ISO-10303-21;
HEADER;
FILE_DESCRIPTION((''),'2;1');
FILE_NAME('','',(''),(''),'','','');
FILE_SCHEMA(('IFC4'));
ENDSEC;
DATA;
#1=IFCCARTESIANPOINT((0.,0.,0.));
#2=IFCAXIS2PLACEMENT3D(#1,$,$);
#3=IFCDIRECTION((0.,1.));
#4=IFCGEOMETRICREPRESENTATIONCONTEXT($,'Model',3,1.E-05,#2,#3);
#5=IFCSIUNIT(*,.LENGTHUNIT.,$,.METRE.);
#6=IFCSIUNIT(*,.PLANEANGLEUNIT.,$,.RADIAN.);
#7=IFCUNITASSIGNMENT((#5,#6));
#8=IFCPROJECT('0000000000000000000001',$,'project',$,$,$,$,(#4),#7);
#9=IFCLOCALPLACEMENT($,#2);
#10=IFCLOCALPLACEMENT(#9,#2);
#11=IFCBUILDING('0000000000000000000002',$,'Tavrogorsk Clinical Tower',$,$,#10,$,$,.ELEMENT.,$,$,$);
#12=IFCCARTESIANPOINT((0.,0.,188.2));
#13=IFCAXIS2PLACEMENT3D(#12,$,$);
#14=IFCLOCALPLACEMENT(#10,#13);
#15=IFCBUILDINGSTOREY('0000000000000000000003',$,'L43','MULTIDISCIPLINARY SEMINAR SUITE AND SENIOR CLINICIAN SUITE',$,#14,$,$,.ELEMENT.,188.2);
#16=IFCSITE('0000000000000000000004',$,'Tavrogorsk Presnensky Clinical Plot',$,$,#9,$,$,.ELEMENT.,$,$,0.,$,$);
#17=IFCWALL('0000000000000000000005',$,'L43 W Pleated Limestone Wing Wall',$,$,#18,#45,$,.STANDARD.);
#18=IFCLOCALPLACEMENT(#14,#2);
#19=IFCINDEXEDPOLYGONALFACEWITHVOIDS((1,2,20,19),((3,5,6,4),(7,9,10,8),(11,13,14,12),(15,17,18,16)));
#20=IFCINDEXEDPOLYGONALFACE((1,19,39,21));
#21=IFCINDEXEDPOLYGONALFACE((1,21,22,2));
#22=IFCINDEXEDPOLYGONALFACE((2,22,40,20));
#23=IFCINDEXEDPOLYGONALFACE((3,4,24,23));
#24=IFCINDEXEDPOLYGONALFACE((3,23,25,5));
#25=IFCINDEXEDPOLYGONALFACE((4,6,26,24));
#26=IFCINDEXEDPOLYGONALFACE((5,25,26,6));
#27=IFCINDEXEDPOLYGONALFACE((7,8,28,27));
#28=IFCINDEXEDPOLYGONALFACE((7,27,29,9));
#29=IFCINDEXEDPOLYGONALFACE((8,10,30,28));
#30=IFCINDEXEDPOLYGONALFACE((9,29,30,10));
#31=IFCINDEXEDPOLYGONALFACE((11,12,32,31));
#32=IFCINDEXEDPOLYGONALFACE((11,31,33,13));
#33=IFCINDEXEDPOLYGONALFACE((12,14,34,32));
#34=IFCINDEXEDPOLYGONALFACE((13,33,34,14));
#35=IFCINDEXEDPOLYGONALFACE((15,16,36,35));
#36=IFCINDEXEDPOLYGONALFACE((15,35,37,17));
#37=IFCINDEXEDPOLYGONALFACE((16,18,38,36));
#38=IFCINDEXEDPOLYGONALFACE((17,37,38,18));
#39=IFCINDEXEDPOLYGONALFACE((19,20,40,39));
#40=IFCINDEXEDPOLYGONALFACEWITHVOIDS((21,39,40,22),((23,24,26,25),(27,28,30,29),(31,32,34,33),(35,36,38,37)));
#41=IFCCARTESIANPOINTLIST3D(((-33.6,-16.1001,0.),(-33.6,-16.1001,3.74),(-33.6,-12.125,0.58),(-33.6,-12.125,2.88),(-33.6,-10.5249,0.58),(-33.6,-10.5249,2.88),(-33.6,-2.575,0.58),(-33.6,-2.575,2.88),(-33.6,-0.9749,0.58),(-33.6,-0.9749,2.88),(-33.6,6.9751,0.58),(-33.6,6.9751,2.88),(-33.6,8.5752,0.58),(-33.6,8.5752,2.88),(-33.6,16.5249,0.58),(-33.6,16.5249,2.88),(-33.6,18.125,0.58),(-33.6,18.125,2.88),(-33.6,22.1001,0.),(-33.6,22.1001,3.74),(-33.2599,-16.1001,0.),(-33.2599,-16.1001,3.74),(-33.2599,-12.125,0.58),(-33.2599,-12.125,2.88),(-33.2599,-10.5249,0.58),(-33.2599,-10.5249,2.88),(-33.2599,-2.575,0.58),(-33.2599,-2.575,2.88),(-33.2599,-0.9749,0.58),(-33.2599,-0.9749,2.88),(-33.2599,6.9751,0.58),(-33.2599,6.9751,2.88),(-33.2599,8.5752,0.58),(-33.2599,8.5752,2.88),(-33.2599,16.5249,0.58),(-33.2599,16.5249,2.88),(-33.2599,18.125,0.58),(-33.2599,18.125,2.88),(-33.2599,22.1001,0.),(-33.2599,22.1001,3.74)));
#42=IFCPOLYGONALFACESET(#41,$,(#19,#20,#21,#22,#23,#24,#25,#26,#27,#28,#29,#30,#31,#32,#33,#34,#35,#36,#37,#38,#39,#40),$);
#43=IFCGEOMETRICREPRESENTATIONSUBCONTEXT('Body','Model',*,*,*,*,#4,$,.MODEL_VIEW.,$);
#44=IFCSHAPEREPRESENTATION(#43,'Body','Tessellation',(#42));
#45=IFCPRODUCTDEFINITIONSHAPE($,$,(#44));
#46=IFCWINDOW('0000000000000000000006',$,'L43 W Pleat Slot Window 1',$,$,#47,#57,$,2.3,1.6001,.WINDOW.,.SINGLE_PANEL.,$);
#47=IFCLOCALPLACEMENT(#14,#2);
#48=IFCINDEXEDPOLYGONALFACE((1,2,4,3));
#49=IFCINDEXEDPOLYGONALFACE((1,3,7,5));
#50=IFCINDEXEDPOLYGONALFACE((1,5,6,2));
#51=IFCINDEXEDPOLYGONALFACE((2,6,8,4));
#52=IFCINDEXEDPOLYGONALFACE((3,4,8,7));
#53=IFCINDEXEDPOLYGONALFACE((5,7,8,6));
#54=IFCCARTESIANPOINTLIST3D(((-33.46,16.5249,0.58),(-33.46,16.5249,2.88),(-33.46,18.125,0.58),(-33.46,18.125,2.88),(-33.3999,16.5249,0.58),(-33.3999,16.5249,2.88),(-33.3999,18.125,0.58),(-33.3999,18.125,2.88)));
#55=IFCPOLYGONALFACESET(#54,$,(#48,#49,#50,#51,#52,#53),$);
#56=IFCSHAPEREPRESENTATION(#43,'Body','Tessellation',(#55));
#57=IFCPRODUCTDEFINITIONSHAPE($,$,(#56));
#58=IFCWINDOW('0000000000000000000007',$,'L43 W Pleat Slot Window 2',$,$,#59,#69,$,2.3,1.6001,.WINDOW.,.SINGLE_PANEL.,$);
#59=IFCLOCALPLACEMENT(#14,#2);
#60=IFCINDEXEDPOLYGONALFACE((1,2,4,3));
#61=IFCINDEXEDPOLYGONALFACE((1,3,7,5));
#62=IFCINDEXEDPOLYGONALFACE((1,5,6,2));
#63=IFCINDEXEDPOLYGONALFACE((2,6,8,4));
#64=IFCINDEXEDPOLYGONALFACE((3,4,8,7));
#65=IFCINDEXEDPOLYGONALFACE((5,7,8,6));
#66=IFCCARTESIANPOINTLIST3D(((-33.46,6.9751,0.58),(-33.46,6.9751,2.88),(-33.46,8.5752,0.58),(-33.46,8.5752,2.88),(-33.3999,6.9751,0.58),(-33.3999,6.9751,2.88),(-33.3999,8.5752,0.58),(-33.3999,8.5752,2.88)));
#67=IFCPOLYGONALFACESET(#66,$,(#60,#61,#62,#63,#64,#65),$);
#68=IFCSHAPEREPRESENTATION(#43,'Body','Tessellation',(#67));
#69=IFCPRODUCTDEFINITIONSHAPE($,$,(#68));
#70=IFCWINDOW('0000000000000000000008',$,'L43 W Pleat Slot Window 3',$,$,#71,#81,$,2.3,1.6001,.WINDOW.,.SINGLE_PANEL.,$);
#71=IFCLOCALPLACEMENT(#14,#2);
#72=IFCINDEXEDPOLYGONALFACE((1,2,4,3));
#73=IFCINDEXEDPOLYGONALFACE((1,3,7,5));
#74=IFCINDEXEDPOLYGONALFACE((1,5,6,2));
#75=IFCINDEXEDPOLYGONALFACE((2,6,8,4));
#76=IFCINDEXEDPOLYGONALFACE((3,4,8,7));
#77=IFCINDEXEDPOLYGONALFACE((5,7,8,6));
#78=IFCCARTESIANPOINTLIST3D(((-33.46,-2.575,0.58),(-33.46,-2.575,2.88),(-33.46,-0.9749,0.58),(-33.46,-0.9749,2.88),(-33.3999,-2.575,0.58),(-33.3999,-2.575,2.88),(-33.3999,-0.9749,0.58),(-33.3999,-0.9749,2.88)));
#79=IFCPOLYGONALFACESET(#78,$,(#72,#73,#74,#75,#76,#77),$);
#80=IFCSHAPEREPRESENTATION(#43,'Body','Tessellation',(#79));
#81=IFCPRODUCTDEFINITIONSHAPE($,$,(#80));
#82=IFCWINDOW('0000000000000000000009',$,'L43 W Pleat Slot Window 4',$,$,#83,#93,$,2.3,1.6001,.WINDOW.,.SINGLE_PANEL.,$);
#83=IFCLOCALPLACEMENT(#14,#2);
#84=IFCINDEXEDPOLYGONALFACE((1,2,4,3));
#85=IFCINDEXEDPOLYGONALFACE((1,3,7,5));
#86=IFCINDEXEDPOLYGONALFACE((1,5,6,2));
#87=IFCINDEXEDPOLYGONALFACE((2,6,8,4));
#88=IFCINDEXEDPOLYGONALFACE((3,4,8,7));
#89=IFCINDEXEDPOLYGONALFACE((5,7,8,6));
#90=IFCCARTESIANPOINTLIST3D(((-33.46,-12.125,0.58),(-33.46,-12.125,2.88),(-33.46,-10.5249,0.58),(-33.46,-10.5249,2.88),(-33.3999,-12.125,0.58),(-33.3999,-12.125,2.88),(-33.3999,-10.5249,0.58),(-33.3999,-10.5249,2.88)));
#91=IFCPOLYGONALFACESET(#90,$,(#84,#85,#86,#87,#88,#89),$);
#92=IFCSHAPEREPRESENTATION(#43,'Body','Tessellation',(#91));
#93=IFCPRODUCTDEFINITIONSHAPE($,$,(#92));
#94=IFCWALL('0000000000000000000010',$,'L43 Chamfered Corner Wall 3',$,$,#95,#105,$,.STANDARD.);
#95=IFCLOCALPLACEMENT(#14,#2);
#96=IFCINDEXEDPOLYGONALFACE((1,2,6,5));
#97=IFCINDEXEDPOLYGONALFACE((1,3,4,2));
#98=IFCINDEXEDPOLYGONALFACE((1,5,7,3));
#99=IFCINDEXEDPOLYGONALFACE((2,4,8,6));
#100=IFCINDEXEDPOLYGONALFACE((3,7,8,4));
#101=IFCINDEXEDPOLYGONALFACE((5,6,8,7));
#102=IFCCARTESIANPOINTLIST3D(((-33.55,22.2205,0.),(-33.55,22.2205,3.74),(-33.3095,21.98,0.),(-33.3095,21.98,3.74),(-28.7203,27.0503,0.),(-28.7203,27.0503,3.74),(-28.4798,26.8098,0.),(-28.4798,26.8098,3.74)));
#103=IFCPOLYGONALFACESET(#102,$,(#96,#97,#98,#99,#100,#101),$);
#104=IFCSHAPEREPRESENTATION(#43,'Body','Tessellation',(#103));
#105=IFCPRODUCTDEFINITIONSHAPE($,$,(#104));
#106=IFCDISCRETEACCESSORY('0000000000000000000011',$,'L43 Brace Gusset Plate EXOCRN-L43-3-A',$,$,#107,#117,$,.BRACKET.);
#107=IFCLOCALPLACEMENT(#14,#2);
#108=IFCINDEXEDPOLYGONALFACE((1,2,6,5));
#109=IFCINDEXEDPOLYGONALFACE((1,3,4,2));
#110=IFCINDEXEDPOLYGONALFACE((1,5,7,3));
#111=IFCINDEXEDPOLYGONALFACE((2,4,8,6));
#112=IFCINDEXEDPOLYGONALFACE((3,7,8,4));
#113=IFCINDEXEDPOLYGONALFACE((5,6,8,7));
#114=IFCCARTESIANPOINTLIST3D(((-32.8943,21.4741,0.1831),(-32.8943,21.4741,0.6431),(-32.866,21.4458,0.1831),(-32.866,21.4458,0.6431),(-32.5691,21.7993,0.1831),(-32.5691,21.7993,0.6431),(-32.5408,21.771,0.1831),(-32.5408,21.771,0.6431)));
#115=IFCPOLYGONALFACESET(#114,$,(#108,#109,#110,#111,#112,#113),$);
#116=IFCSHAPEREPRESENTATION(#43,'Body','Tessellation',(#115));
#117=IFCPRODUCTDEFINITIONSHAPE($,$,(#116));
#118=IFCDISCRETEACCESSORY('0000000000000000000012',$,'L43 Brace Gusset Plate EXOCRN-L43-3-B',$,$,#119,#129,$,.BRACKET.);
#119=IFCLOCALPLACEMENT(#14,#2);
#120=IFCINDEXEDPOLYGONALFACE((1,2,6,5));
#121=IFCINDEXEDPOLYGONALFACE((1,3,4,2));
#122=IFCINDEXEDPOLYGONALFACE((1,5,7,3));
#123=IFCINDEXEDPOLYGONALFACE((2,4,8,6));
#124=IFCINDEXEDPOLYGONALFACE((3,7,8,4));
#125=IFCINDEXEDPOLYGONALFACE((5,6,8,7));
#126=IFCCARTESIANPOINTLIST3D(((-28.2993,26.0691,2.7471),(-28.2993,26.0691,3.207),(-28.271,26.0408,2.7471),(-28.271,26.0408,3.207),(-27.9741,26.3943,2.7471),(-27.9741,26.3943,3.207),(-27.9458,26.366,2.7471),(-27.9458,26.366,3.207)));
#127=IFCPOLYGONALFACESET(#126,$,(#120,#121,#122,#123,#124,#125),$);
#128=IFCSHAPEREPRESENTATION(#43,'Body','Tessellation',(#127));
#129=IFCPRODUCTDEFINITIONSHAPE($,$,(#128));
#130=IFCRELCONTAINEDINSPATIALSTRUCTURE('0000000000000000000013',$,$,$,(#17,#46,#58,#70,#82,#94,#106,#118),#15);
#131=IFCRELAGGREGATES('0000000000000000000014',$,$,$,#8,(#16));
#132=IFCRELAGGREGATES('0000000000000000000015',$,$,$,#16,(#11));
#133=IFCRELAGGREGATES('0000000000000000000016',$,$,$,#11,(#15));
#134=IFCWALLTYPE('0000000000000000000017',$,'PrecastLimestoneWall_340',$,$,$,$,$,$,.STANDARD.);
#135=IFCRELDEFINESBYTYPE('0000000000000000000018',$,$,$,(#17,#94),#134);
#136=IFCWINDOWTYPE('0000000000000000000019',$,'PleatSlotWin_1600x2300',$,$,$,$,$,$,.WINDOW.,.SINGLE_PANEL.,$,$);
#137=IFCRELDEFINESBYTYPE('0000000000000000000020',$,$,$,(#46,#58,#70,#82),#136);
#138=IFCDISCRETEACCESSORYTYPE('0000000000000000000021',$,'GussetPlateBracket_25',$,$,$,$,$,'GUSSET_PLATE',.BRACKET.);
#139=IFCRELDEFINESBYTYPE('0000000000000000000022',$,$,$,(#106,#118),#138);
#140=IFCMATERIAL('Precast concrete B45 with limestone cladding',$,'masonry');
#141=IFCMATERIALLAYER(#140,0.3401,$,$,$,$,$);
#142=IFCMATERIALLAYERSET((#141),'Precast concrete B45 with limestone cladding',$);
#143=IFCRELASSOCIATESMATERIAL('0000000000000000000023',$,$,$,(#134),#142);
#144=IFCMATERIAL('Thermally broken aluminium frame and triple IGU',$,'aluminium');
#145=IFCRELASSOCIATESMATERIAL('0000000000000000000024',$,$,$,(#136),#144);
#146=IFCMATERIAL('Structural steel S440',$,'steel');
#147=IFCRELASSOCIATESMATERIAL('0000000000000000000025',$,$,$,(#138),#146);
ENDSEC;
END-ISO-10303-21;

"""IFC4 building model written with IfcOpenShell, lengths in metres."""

from ifc_helpers import new_model, si_unit, direction, frame, frame_2d, origin, origin_2d, place, context, subcontext, project, spatial, rectangle, extrude, material, layer, layer_set, type_object, element, fill, save


model = new_model("IFC4")

# Units and contexts
model_context = context("Model", 3, precision=1e-05, world=origin(), true_north=direction((0.0, 1.0)))
body_context = subcontext(model_context, "Body", "Model", "MODEL_VIEW")
ifc_project = project(units=[si_unit("LENGTHUNIT", "METRE"), si_unit("PLANEANGLEUNIT", "RADIAN")], contexts=[model_context])

# Site, building, storey
site_placement = place(None, origin())
site = spatial("IfcSite", under=ifc_project, at=site_placement, Name="Tavrogorsk Presnensky Clinical Plot", CompositionType="ELEMENT", RefElevation=0.0)
building_placement = place(site_placement, origin())
building = spatial("IfcBuilding", under=site, at=building_placement, Name="Tavrogorsk Clinical Tower", CompositionType="ELEMENT")
storey_placement = place(building_placement, frame((0.0, 0.0, 188.2)))
storey = spatial("IfcBuildingStorey", under=building, at=storey_placement, Name="L43", Description="MULTIDISCIPLINARY SEMINAR SUITE AND SENIOR CLINICIAN SUITE", CompositionType="ELEMENT", Elevation=188.2)

# Wall, openings, windows
ifc_material_1 = material(Name="Precast concrete B45 with limestone cladding", Category="masonry")
ifc_layer_1 = layer(ifc_material_1, 0.3401)
ifc_layer_set_1 = layer_set([ifc_layer_1], Name="Precast concrete B45 with limestone cladding")
wall_type_1 = type_object("IfcWallType", Name="PrecastLimestoneWall_340", PredefinedType="STANDARD", material=ifc_layer_set_1)
wall_1_placement = place(storey_placement, frame((-33.4299, 22.1001, 0.0), z_axis=(0.0, 0.0, 1.0), x_axis=(0.0, -1.0, 0.0)))
wall_1 = element("IfcWall", 1, at=wall_1_placement, inside=storey, type_object=wall_type_1, Name="L43 W Pleated Limestone Wing Wall", PredefinedType="STANDARD", context=body_context, shape_type="SweptSolid", body=[
    extrude(rectangle(XDim=38.2002, YDim=0.3401, at=frame_2d((19.1001, 0.0))), origin(), (0.0, 0.0, 1.0), 3.74),
])
opening_1_placement = place(wall_1_placement, frame((3.9751, 0.0, 0.5801)))
opening_1 = element("IfcOpeningElement", 2, at=opening_1_placement, cuts=wall_1, PredefinedType="OPENING", context=body_context, shape_type="SweptSolid", body=[
    extrude(rectangle(XDim=1.6001, YDim=2.3, at=frame_2d((0.8, 1.1499))), frame((0.0, 0.1799, 0.0), z_axis=(0.0, -1.0, 0.0), x_axis=(1.0, 0.0, 0.0)), (0.0, 0.0, 1.0), 0.3601),
])
opening_2_placement = place(wall_1_placement, frame((13.5249, 0.0, 0.5801)))
opening_2 = element("IfcOpeningElement", 3, at=opening_2_placement, cuts=wall_1, PredefinedType="OPENING", context=body_context, shape_type="SweptSolid", body=[
    extrude(rectangle(XDim=1.6001, YDim=2.3, at=frame_2d((0.8, 1.1499))), frame((0.0, 0.1799, 0.0), z_axis=(0.0, -1.0, 0.0), x_axis=(1.0, 0.0, 0.0)), (0.0, 0.0, 1.0), 0.3601),
])
opening_3_placement = place(wall_1_placement, frame((23.075, 0.0, 0.5801)))
opening_3 = element("IfcOpeningElement", 4, at=opening_3_placement, cuts=wall_1, PredefinedType="OPENING", context=body_context, shape_type="SweptSolid", body=[
    extrude(rectangle(XDim=1.6001, YDim=2.3, at=frame_2d((0.8, 1.1499))), frame((0.0, 0.1799, 0.0), z_axis=(0.0, -1.0, 0.0), x_axis=(1.0, 0.0, 0.0)), (0.0, 0.0, 1.0), 0.3601),
])
opening_4_placement = place(wall_1_placement, frame((32.625, 0.0, 0.5801)))
opening_4 = element("IfcOpeningElement", 5, at=opening_4_placement, cuts=wall_1, PredefinedType="OPENING", context=body_context, shape_type="SweptSolid", body=[
    extrude(rectangle(XDim=1.6001, YDim=2.3, at=frame_2d((0.8, 1.1499))), frame((0.0, 0.1799, 0.0), z_axis=(0.0, -1.0, 0.0), x_axis=(1.0, 0.0, 0.0)), (0.0, 0.0, 1.0), 0.3601),
])
ifc_material_2 = material(Name="Thermally broken aluminium frame and triple IGU", Category="aluminium")
window_type = type_object("IfcWindowType", Name="PleatSlotWin_1600x2300", PartitioningType="SINGLE_PANEL", PredefinedType="WINDOW", material=ifc_material_2)
window_1_placement = place(opening_1_placement, origin())
window_1 = element("IfcWindow", 6, at=window_1_placement, inside=storey, type_object=window_type, Name="L43 W Pleat Slot Window 1", OverallHeight=2.3, OverallWidth=1.6001, PartitioningType="SINGLE_PANEL", PredefinedType="WINDOW", context=body_context, shape_type="SweptSolid", body=[
    extrude(rectangle(XDim=1.6001, YDim=2.3, at=frame_2d((0.8, 1.1499))), frame((0.0, 0.03, 0.0), z_axis=(0.0, -1.0, 0.0), x_axis=(1.0, 0.0, 0.0)), (0.0, 0.0, 1.0), 0.0601),
])
fill(opening_1, window_1)
window_2_placement = place(opening_2_placement, origin())
window_2 = element("IfcWindow", 7, at=window_2_placement, inside=storey, type_object=window_type, Name="L43 W Pleat Slot Window 2", OverallHeight=2.3, OverallWidth=1.6001, PartitioningType="SINGLE_PANEL", PredefinedType="WINDOW", context=body_context, shape_type="SweptSolid", body=[
    extrude(rectangle(XDim=1.6001, YDim=2.3, at=frame_2d((0.8, 1.1499))), frame((0.0, 0.03, 0.0), z_axis=(0.0, -1.0, 0.0), x_axis=(1.0, 0.0, 0.0)), (0.0, 0.0, 1.0), 0.0601),
])
fill(opening_2, window_2)
window_3_placement = place(opening_3_placement, origin())
window_3 = element("IfcWindow", 8, at=window_3_placement, inside=storey, type_object=window_type, Name="L43 W Pleat Slot Window 3", OverallHeight=2.3, OverallWidth=1.6001, PartitioningType="SINGLE_PANEL", PredefinedType="WINDOW", context=body_context, shape_type="SweptSolid", body=[
    extrude(rectangle(XDim=1.6001, YDim=2.3, at=frame_2d((0.8, 1.1499))), frame((0.0, 0.03, 0.0), z_axis=(0.0, -1.0, 0.0), x_axis=(1.0, 0.0, 0.0)), (0.0, 0.0, 1.0), 0.0601),
])
fill(opening_3, window_3)
window_4_placement = place(opening_4_placement, origin())
window_4 = element("IfcWindow", 9, at=window_4_placement, inside=storey, type_object=window_type, Name="L43 W Pleat Slot Window 4", OverallHeight=2.3, OverallWidth=1.6001, PartitioningType="SINGLE_PANEL", PredefinedType="WINDOW", context=body_context, shape_type="SweptSolid", body=[
    extrude(rectangle(XDim=1.6001, YDim=2.3, at=frame_2d((0.8, 1.1499))), frame((0.0, 0.03, 0.0), z_axis=(0.0, -1.0, 0.0), x_axis=(1.0, 0.0, 0.0)), (0.0, 0.0, 1.0), 0.0601),
])
fill(opening_4, window_4)

# Wall
wall_2_placement = place(storey_placement, frame((-28.6001, 26.9299, 0.0), z_axis=(0.0, 0.0, 1.0), x_axis=(-0.707107, -0.707107, 0.0)))
element("IfcWall", 10, at=wall_2_placement, inside=storey, type_object=wall_type_1, Name="L43 Chamfered Corner Wall 3", PredefinedType="STANDARD", context=body_context, shape_type="SweptSolid", body=[
    extrude(rectangle(XDim=6.8303, YDim=0.3401, at=frame_2d((3.415, 0.0))), origin(), (0.0, 0.0, 1.0), 3.74),
])

# Discrete accessories
ifc_material_3 = material(Name="Structural steel S440", Category="steel")
discrete_accessory_type = type_object("IfcDiscreteAccessoryType", Name="GussetPlateBracket_25", ElementType="GUSSET_PLATE", PredefinedType="BRACKET", material=ifc_material_3)
for number, where, z_axis, x_axis, name in (
    (11, (-32.7175, 21.6226, 0.1831), (0.0, 0.0, 1.0), (0.707107, 0.707107, 0.0), "L43 Brace Gusset Plate EXOCRN-L43-3-A"),
    (12, (-28.1226, 26.2175, 2.7471), (0.0, 0.0, 1.0), (0.707107, 0.707107, 0.0), "L43 Brace Gusset Plate EXOCRN-L43-3-B"),
):
    element("IfcDiscreteAccessory", number, at=place(storey_placement, frame(where, z_axis=z_axis, x_axis=x_axis)), inside=storey, type_object=discrete_accessory_type, Name=name, PredefinedType="BRACKET", context=body_context, shape_type="SweptSolid", body=[
        extrude(rectangle(XDim=0.46, YDim=0.04, at=origin_2d()), origin(), (0.0, 0.0, 1.0), 0.46),
    ])

save(model, "model.ifc")
